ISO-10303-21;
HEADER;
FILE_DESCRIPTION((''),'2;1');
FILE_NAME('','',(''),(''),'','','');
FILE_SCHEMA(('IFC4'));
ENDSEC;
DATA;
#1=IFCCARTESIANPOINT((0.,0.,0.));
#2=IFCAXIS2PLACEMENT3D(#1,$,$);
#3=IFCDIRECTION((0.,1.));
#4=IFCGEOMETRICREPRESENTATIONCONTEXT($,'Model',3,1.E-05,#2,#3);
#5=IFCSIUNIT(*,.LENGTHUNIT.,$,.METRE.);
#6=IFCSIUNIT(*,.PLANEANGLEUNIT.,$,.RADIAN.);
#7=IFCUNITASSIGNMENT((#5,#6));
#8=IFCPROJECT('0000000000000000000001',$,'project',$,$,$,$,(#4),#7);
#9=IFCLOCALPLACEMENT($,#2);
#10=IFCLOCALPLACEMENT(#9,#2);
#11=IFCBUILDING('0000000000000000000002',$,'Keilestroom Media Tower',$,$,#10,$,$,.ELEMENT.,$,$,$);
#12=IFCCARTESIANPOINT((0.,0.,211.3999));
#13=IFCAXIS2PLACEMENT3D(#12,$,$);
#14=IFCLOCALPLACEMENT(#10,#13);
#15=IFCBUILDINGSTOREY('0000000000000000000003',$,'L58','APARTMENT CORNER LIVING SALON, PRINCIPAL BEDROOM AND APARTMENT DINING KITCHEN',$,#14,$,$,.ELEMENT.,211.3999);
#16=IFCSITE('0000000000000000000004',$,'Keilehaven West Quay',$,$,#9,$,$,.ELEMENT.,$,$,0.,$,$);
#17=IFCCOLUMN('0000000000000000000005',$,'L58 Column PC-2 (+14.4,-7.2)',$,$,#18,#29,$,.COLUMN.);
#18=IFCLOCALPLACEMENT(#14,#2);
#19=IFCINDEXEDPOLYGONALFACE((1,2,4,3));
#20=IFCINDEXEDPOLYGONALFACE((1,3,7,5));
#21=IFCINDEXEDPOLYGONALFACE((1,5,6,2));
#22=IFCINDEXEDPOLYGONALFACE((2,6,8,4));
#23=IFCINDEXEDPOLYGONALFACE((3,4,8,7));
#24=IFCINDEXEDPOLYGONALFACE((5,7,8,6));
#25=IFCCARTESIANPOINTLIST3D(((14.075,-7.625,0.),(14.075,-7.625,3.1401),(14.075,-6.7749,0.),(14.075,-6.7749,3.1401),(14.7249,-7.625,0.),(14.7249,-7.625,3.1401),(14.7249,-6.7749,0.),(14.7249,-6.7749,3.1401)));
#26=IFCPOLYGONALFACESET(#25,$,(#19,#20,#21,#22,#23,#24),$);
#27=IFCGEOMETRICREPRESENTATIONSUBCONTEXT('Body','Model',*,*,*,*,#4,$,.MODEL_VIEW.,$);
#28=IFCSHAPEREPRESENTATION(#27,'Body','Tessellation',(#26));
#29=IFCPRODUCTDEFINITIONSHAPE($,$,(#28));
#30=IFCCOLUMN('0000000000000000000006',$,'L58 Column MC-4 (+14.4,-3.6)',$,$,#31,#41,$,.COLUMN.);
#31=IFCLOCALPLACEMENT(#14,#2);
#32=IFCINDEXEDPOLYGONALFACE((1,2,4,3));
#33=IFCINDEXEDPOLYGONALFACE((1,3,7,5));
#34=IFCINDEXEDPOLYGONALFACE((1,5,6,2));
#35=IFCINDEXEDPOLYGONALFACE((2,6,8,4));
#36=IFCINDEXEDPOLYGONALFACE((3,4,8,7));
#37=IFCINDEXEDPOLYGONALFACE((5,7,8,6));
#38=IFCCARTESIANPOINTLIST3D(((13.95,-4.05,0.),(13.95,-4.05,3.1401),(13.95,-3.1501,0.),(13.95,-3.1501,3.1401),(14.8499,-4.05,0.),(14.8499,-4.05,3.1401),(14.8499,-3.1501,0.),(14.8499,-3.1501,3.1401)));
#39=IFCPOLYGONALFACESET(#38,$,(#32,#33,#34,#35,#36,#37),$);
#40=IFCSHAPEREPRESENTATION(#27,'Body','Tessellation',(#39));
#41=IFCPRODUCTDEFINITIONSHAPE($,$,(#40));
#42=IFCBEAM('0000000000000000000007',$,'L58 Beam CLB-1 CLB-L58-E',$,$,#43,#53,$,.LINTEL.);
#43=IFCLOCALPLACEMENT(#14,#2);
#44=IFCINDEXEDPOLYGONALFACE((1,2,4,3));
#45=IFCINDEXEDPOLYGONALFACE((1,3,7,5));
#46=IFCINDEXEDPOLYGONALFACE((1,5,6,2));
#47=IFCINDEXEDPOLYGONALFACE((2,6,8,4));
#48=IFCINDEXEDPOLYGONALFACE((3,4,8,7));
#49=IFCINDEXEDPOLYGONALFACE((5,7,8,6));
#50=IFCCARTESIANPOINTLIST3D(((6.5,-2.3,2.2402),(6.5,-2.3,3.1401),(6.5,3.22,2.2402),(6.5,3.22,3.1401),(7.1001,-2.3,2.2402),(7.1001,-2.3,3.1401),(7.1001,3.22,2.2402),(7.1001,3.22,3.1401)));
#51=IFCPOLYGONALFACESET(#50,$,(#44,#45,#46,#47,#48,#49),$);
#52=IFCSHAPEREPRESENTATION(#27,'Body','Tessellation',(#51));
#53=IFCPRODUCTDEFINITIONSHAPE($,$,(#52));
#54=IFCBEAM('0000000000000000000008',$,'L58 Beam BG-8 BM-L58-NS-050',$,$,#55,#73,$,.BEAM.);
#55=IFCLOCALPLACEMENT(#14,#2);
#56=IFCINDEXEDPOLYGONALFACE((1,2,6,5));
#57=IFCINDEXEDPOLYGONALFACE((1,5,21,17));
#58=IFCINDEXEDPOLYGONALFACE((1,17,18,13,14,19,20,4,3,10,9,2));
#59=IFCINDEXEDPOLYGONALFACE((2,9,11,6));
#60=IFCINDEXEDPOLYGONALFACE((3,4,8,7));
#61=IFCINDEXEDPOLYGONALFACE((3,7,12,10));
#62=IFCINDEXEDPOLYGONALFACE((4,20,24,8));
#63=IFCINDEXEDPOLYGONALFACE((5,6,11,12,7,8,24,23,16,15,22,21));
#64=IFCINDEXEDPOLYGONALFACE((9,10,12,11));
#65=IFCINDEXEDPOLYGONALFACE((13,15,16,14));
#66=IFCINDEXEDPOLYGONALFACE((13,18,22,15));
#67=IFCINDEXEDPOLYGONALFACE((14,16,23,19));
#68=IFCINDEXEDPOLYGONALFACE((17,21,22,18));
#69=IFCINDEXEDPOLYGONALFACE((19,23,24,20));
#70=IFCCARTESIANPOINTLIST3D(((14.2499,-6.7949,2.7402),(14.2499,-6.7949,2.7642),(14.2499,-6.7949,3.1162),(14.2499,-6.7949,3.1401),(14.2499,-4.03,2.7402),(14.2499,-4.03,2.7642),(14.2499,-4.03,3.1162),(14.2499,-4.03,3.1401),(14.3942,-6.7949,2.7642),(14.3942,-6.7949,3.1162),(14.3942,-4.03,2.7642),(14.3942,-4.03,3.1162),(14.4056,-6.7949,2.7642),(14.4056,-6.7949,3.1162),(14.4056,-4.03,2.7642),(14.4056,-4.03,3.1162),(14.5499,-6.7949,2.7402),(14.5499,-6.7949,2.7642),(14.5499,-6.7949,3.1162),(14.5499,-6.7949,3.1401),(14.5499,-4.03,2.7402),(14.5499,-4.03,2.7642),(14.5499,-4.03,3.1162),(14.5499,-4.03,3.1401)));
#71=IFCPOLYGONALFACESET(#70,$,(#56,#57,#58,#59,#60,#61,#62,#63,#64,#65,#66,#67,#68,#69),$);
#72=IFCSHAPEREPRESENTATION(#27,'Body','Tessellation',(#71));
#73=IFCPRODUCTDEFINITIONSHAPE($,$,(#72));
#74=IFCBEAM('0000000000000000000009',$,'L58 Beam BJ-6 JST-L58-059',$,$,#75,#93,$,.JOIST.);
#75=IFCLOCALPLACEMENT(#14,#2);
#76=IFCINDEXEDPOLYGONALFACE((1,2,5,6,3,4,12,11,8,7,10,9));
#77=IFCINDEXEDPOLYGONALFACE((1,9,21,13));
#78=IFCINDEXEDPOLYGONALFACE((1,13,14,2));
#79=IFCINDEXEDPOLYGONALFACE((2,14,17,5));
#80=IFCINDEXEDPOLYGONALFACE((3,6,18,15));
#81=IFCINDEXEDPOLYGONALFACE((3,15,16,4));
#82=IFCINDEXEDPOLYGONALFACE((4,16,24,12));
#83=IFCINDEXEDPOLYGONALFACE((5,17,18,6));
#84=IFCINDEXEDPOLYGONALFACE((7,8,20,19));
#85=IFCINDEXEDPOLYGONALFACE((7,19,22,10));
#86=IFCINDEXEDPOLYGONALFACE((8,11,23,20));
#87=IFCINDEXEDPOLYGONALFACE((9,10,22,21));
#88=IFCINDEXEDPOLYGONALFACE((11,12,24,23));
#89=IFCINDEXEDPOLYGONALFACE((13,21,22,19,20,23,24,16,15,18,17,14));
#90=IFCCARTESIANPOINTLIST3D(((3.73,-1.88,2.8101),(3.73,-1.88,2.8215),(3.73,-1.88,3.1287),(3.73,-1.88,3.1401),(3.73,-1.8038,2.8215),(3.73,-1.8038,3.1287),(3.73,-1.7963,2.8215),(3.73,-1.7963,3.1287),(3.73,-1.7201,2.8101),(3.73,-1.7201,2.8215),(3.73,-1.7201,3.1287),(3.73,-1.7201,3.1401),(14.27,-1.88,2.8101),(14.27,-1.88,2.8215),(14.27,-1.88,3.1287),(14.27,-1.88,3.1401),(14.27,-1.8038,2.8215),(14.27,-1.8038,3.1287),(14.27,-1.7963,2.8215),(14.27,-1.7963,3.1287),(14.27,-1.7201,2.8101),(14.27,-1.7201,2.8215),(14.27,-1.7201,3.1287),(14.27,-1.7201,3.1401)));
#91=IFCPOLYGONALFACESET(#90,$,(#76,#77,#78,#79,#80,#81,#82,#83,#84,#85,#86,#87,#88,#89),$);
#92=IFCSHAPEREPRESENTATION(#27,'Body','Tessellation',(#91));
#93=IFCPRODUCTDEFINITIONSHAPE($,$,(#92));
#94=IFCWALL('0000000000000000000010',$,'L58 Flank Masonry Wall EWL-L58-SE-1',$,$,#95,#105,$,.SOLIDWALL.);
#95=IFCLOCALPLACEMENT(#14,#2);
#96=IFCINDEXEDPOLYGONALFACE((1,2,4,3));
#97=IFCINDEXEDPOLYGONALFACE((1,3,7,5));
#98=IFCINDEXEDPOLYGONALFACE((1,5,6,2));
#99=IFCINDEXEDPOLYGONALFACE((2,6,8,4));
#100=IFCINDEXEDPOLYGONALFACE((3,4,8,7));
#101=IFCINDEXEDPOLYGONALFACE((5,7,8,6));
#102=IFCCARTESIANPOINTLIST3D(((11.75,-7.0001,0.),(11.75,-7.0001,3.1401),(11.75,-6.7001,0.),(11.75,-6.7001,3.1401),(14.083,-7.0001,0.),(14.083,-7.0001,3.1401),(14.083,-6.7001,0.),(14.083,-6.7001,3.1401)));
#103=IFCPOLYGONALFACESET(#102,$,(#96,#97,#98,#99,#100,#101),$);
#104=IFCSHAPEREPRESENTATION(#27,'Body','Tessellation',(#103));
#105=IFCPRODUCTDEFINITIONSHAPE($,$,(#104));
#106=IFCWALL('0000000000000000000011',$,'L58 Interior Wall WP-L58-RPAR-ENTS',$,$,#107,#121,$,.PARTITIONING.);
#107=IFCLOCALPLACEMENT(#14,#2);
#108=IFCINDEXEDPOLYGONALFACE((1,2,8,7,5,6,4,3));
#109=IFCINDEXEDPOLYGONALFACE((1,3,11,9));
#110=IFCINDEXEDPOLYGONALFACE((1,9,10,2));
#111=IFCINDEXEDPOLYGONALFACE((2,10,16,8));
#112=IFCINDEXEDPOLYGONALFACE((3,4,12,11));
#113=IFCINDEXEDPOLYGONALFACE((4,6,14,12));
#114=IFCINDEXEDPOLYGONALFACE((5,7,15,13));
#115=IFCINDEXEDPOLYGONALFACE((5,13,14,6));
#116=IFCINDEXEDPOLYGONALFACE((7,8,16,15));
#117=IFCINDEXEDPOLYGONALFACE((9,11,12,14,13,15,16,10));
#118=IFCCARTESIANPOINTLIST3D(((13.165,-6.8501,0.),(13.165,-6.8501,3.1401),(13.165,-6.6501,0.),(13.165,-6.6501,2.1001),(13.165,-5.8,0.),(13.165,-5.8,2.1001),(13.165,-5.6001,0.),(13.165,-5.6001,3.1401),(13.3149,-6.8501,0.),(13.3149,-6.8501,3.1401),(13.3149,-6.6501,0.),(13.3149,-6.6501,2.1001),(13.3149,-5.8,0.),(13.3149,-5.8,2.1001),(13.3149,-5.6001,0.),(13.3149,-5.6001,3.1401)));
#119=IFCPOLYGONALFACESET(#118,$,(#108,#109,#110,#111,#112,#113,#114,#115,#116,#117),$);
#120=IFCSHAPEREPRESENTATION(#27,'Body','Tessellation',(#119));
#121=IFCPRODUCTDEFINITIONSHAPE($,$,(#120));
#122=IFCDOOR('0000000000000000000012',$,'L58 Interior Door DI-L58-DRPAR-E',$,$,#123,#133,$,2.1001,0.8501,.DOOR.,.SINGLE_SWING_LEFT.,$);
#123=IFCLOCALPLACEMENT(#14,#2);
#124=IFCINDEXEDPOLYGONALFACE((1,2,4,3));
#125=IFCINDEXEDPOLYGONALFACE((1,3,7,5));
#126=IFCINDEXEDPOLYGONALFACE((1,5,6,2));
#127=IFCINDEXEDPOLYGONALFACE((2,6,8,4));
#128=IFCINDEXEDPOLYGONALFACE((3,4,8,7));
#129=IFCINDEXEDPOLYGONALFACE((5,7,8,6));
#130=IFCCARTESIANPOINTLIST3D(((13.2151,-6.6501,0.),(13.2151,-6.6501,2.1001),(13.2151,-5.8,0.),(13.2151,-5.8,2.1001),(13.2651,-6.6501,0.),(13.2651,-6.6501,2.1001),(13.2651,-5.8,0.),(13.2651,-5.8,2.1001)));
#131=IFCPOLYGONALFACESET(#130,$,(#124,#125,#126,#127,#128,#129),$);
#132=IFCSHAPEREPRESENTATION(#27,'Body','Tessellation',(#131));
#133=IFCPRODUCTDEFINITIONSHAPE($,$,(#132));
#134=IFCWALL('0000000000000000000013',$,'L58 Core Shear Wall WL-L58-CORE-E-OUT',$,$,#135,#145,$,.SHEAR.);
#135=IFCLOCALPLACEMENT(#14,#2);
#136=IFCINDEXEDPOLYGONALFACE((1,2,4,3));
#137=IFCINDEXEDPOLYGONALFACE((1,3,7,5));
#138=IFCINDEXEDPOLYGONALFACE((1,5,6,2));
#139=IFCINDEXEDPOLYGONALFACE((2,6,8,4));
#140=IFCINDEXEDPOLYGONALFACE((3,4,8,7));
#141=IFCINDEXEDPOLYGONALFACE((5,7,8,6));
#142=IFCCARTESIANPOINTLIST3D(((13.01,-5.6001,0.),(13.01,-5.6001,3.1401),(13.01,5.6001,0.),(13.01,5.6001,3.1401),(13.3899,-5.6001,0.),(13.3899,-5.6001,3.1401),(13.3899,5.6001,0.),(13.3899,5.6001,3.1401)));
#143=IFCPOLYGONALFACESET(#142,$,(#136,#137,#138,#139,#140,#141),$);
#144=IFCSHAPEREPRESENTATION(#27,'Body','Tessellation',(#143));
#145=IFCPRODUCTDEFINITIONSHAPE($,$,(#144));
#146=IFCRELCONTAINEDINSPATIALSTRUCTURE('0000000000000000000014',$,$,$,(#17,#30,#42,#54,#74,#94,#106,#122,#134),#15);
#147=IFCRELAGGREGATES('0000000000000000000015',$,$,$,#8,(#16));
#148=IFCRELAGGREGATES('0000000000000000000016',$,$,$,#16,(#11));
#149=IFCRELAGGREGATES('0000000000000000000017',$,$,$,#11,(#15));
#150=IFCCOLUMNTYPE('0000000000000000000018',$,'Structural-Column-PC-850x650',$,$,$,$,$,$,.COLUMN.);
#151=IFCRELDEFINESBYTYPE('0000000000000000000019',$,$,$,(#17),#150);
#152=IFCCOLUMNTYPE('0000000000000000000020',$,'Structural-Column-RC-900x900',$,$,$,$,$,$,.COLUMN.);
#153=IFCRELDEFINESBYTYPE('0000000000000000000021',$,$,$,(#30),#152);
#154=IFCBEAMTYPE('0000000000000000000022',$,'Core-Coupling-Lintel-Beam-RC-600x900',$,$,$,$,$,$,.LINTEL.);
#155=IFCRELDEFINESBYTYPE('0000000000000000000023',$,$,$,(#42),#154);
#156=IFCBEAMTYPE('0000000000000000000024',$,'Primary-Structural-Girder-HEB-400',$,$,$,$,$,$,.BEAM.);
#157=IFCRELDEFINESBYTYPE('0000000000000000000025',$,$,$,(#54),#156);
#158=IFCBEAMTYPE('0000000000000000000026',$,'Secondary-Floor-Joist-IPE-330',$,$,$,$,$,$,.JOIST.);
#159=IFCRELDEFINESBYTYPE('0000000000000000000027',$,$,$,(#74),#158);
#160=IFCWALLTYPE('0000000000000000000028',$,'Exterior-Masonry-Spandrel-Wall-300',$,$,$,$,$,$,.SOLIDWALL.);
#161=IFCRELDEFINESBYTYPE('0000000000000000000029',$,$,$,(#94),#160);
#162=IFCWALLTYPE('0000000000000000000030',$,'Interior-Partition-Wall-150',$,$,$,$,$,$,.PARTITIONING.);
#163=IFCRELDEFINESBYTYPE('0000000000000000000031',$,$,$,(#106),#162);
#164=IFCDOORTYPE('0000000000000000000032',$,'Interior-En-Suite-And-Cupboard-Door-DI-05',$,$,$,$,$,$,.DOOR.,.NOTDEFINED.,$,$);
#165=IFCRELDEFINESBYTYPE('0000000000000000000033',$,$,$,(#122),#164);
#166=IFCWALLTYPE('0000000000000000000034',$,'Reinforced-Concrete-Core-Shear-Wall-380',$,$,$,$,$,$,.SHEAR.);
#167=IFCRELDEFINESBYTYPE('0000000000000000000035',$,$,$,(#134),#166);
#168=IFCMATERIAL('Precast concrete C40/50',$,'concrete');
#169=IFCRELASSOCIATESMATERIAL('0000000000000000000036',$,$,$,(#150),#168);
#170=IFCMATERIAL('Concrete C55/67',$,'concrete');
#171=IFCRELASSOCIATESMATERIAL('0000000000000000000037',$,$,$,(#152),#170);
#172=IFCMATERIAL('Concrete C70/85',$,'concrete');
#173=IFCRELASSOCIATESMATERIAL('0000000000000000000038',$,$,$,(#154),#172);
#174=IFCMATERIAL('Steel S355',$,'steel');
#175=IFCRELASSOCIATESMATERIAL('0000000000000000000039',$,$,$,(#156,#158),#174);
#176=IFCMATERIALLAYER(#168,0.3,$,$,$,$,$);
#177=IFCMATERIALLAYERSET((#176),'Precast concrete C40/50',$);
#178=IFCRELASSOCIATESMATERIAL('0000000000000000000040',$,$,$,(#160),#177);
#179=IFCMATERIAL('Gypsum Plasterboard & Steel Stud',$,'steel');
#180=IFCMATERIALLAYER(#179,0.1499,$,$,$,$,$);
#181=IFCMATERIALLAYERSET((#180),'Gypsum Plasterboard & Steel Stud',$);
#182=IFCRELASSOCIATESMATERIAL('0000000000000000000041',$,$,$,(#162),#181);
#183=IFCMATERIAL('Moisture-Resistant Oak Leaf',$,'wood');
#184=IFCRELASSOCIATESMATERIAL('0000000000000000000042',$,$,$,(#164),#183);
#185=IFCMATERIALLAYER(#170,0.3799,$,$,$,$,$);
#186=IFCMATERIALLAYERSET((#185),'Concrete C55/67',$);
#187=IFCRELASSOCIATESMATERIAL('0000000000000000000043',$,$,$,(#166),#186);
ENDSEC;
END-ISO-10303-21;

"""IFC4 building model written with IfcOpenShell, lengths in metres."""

from ifc_helpers import new_model, si_unit, direction, frame, frame_2d, origin, origin_2d, place, context, subcontext, project, spatial, rectangle, i_section, extrude, source, transform, mapped, material, layer, layer_set, material_profile, profile_set, type_object, element, fill, save


model = new_model("IFC4")

# Units and contexts
model_context = context("Model", 3, precision=1e-05, world=origin(), true_north=direction((0.0, 1.0)))
body_context = subcontext(model_context, "Body", "Model", "MODEL_VIEW")
ifc_project = project(units=[si_unit("LENGTHUNIT", "METRE"), si_unit("PLANEANGLEUNIT", "RADIAN")], contexts=[model_context])

# Site, building, storey
site_placement = place(None, origin())
site = spatial("IfcSite", under=ifc_project, at=site_placement, Name="Keilehaven West Quay", CompositionType="ELEMENT", RefElevation=0.0)
building_placement = place(site_placement, origin())
building = spatial("IfcBuilding", under=site, at=building_placement, Name="Keilestroom Media Tower", CompositionType="ELEMENT")
storey_placement = place(building_placement, frame((0.0, 0.0, 211.3999)))
storey = spatial("IfcBuildingStorey", under=building, at=storey_placement, Name="L58", Description="APARTMENT CORNER LIVING SALON, PRINCIPAL BEDROOM AND APARTMENT DINING KITCHEN", CompositionType="ELEMENT", Elevation=211.3999)

# Columns
ifc_material_1 = material(Name="Precast concrete C40/50", Category="concrete")
ifc_material_profile_1 = material_profile(ifc_material_1, rectangle(XDim=0.6499, YDim=0.8501, at=origin_2d()), Name="PC 850x650")
ifc_profile_set_1 = profile_set([ifc_material_profile_1], Name="Precast concrete C40/50")
column_type_1 = type_object("IfcColumnType", Name="Structural-Column-PC-850x650", PredefinedType="COLUMN", material=ifc_profile_set_1)
shared_shape_1 = source(origin(), body_context, "Body", "SweptSolid", [
    extrude(rectangle(XDim=0.6499, YDim=0.8501, at=origin_2d()), origin(), (0.0, 0.0, 1.0), 3.1401),
])
column_1_placement = place(storey_placement, frame((14.3999, -7.2, 0.0), z_axis=(0.0, 0.0, 1.0), x_axis=(1.0, 0.0, 0.0)))
element("IfcColumn", 1, at=column_1_placement, inside=storey, type_object=column_type_1, Name="L58 Column PC-2 (+14.4,-7.2)", PredefinedType="COLUMN", context=body_context, shape_type="MappedRepresentation", body=[
    mapped(shared_shape_1, transform((0.0, 0.0, 0.0), x_axis=(1.0, 0.0, 0.0), y_axis=(0.0, 1.0, 0.0), z_axis=(0.0, 0.0, 1.0), scale=1.0)),
])
ifc_material_2 = material(Name="Concrete C55/67", Category="concrete")
ifc_material_profile_2 = material_profile(ifc_material_2, rectangle(XDim=0.8999, YDim=0.8999, at=origin_2d()), Name="RC 900x900")
ifc_profile_set_2 = profile_set([ifc_material_profile_2], Name="Concrete C55/67")
column_type_2 = type_object("IfcColumnType", Name="Structural-Column-RC-900x900", PredefinedType="COLUMN", material=ifc_profile_set_2)
shared_shape_2 = source(origin(), body_context, "Body", "SweptSolid", [
    extrude(rectangle(XDim=0.8999, YDim=0.8999, at=origin_2d()), origin(), (0.0, 0.0, 1.0), 3.1401),
])
column_2_placement = place(storey_placement, frame((14.3999, -3.6001, 0.0), z_axis=(0.0, 0.0, 1.0), x_axis=(1.0, 0.0, 0.0)))
element("IfcColumn", 2, at=column_2_placement, inside=storey, type_object=column_type_2, Name="L58 Column MC-4 (+14.4,-3.6)", PredefinedType="COLUMN", context=body_context, shape_type="MappedRepresentation", body=[
    mapped(shared_shape_2, transform((0.0, 0.0, 0.0), x_axis=(1.0, 0.0, 0.0), y_axis=(0.0, 1.0, 0.0), z_axis=(0.0, 0.0, 1.0), scale=1.0)),
])

# Beams
ifc_material_3 = material(Name="Concrete C70/85", Category="concrete")
ifc_material_profile_3 = material_profile(ifc_material_3, rectangle(XDim=0.6001, YDim=0.8999, at=origin_2d()), Name="RC 600x900")
ifc_profile_set_3 = profile_set([ifc_material_profile_3], Name="Concrete C70/85")
beam_type_1 = type_object("IfcBeamType", Name="Core-Coupling-Lintel-Beam-RC-600x900", PredefinedType="LINTEL", material=ifc_profile_set_3)
shared_shape_3 = source(origin(), body_context, "Body", "SweptSolid", [
    extrude(rectangle(XDim=0.6001, YDim=0.8999, at=origin_2d()), origin(), (0.0, 0.0, 1.0), 5.52),
])
beam_1_placement = place(storey_placement, frame((6.8, -2.3, 2.6902), z_axis=(0.0, 1.0, 0.0), x_axis=(-1.0, 0.0, 0.0)))
element("IfcBeam", 3, at=beam_1_placement, inside=storey, type_object=beam_type_1, Name="L58 Beam CLB-1 CLB-L58-E", PredefinedType="LINTEL", context=body_context, shape_type="MappedRepresentation", body=[
    mapped(shared_shape_3, transform((0.0, 0.0, 0.0), x_axis=(1.0, 0.0, 0.0), y_axis=(0.0, 1.0, 0.0), z_axis=(0.0, 0.0, 1.0), scale=1.0)),
])
ifc_material_4 = material(Name="Steel S355", Category="steel")
ifc_material_profile_4 = material_profile(ifc_material_4, i_section(OverallWidth=0.3, OverallDepth=0.3999, WebThickness=0.0115, FlangeThickness=0.0239, at=origin_2d()), Name="HEB 400")
ifc_profile_set_4 = profile_set([ifc_material_profile_4], Name="Steel S355")
beam_type_2 = type_object("IfcBeamType", Name="Primary-Structural-Girder-HEB-400", PredefinedType="BEAM", material=ifc_profile_set_4)
shared_shape_4 = source(origin(), body_context, "Body", "SweptSolid", [
    extrude(i_section(OverallWidth=0.3, OverallDepth=0.3999, WebThickness=0.0115, FlangeThickness=0.0239, at=origin_2d()), origin(), (0.0, 0.0, 1.0), 2.7649),
])
beam_2_placement = place(storey_placement, frame((14.3999, -6.7949, 2.9402), z_axis=(0.0, 1.0, 0.0), x_axis=(-1.0, 0.0, 0.0)))
element("IfcBeam", 4, at=beam_2_placement, inside=storey, type_object=beam_type_2, Name="L58 Beam BG-8 BM-L58-NS-050", PredefinedType="BEAM", context=body_context, shape_type="MappedRepresentation", body=[
    mapped(shared_shape_4, transform((0.0, 0.0, 0.0), x_axis=(1.0, 0.0, 0.0), y_axis=(0.0, 1.0, 0.0), z_axis=(0.0, 0.0, 1.0), scale=1.0)),
])
ifc_material_profile_5 = material_profile(ifc_material_4, i_section(OverallWidth=0.1599, OverallDepth=0.3301, WebThickness=0.0076, FlangeThickness=0.0115, at=origin_2d()), Name="IPE 330")
ifc_profile_set_5 = profile_set([ifc_material_profile_5], Name="Steel S355")
beam_type_3 = type_object("IfcBeamType", Name="Secondary-Floor-Joist-IPE-330", PredefinedType="JOIST", material=ifc_profile_set_5)
shared_shape_5 = source(origin(), body_context, "Body", "SweptSolid", [
    extrude(i_section(OverallWidth=0.1599, OverallDepth=0.3301, WebThickness=0.0076, FlangeThickness=0.0115, at=origin_2d()), origin(), (0.0, 0.0, 1.0), 10.54),
])
beam_3_placement = place(storey_placement, frame((3.73, -1.8, 2.9751), z_axis=(1.0, 0.0, 0.0), x_axis=(0.0, 1.0, 0.0)))
element("IfcBeam", 5, at=beam_3_placement, inside=storey, type_object=beam_type_3, Name="L58 Beam BJ-6 JST-L58-059", PredefinedType="JOIST", context=body_context, shape_type="MappedRepresentation", body=[
    mapped(shared_shape_5, transform((0.0, 0.0, 0.0), x_axis=(1.0, 0.0, 0.0), y_axis=(0.0, 1.0, 0.0), z_axis=(0.0, 0.0, 1.0), scale=1.0)),
])

# Wall
ifc_layer_1 = layer(ifc_material_1, 0.3)
ifc_layer_set_1 = layer_set([ifc_layer_1], Name="Precast concrete C40/50")
wall_type_1 = type_object("IfcWallType", Name="Exterior-Masonry-Spandrel-Wall-300", PredefinedType="SOLIDWALL", material=ifc_layer_set_1)
wall_1_placement = place(storey_placement, frame((11.75, -6.8501, 0.0), z_axis=(0.0, 0.0, 1.0), x_axis=(1.0, 0.0, 0.0)))
element("IfcWall", 6, at=wall_1_placement, inside=storey, type_object=wall_type_1, Name="L58 Flank Masonry Wall EWL-L58-SE-1", PredefinedType="SOLIDWALL", context=body_context, shape_type="SweptSolid", body=[
    extrude(rectangle(XDim=2.333, YDim=0.3, at=frame_2d((1.1665, 0.0))), origin(), (0.0, 0.0, 1.0), 3.1401),
])

# Wall, opening, door
ifc_material_5 = material(Name="Gypsum Plasterboard & Steel Stud", Category="steel")
ifc_layer_2 = layer(ifc_material_5, 0.1499)
ifc_layer_set_2 = layer_set([ifc_layer_2], Name="Gypsum Plasterboard & Steel Stud")
wall_type_2 = type_object("IfcWallType", Name="Interior-Partition-Wall-150", PredefinedType="PARTITIONING", material=ifc_layer_set_2)
wall_2_placement = place(storey_placement, frame((13.24, -6.8501, 0.0), z_axis=(0.0, 0.0, 1.0), x_axis=(0.0, 1.0, 0.0)))
wall_2 = element("IfcWall", 7, at=wall_2_placement, inside=storey, type_object=wall_type_2, Name="L58 Interior Wall WP-L58-RPAR-ENTS", PredefinedType="PARTITIONING", context=body_context, shape_type="SweptSolid", body=[
    extrude(rectangle(XDim=1.25, YDim=0.1499, at=frame_2d((0.625, 0.0))), origin(), (0.0, 0.0, 1.0), 3.1401),
])
opening_1_placement = place(wall_2_placement, frame((0.2, 0.0, 0.0)))
opening_1 = element("IfcOpeningElement", 8, at=opening_1_placement, cuts=wall_2, PredefinedType="OPENING", context=body_context, shape_type="SweptSolid", body=[
    extrude(rectangle(XDim=0.8501, YDim=2.1001, at=frame_2d((0.425, 1.05))), frame((0.0, 0.085, 0.0), z_axis=(0.0, -1.0, 0.0), x_axis=(1.0, 0.0, 0.0)), (0.0, 0.0, 1.0), 0.1699),
])
ifc_material_6 = material(Name="Moisture-Resistant Oak Leaf", Category="wood")
door_type_1 = type_object("IfcDoorType", Name="Interior-En-Suite-And-Cupboard-Door-DI-05", OperationType="NOTDEFINED", PredefinedType="DOOR", material=ifc_material_6)
shared_shape_6 = source(origin(), body_context, "Body", "SweptSolid", [
    extrude(rectangle(XDim=0.8501, YDim=2.1001, at=frame_2d((0.425, 1.05))), frame((0.0, 0.0249, 0.0), z_axis=(0.0, -1.0, 0.0), x_axis=(1.0, 0.0, 0.0)), (0.0, 0.0, 1.0), 0.05),
])
door_1_placement = place(opening_1_placement, origin())
door_1 = element("IfcDoor", 9, at=door_1_placement, inside=storey, type_object=door_type_1, Name="L58 Interior Door DI-L58-DRPAR-E", OperationType="SINGLE_SWING_LEFT", OverallHeight=2.1001, OverallWidth=0.8501, PredefinedType="DOOR", context=body_context, shape_type="MappedRepresentation", body=[
    mapped(shared_shape_6, transform((0.0, 0.0, 0.0), x_axis=(1.0, 0.0, 0.0), y_axis=(0.0, 1.0, 0.0), z_axis=(0.0, 0.0, 1.0), scale=1.0)),
])
fill(opening_1, door_1)

# Wall
ifc_layer_3 = layer(ifc_material_2, 0.3799)
ifc_layer_set_3 = layer_set([ifc_layer_3], Name="Concrete C55/67")
wall_type_3 = type_object("IfcWallType", Name="Reinforced-Concrete-Core-Shear-Wall-380", PredefinedType="SHEAR", material=ifc_layer_set_3)
wall_3_placement = place(storey_placement, frame((13.2, -5.6001, 0.0), z_axis=(0.0, 0.0, 1.0), x_axis=(0.0, 1.0, 0.0)))
element("IfcWall", 10, at=wall_3_placement, inside=storey, type_object=wall_type_3, Name="L58 Core Shear Wall WL-L58-CORE-E-OUT", PredefinedType="SHEAR", context=body_context, shape_type="SweptSolid", body=[
    extrude(rectangle(XDim=11.2002, YDim=0.3799, at=frame_2d((5.6001, 0.0))), origin(), (0.0, 0.0, 1.0), 3.1401),
])

save(model, "model.ifc")
